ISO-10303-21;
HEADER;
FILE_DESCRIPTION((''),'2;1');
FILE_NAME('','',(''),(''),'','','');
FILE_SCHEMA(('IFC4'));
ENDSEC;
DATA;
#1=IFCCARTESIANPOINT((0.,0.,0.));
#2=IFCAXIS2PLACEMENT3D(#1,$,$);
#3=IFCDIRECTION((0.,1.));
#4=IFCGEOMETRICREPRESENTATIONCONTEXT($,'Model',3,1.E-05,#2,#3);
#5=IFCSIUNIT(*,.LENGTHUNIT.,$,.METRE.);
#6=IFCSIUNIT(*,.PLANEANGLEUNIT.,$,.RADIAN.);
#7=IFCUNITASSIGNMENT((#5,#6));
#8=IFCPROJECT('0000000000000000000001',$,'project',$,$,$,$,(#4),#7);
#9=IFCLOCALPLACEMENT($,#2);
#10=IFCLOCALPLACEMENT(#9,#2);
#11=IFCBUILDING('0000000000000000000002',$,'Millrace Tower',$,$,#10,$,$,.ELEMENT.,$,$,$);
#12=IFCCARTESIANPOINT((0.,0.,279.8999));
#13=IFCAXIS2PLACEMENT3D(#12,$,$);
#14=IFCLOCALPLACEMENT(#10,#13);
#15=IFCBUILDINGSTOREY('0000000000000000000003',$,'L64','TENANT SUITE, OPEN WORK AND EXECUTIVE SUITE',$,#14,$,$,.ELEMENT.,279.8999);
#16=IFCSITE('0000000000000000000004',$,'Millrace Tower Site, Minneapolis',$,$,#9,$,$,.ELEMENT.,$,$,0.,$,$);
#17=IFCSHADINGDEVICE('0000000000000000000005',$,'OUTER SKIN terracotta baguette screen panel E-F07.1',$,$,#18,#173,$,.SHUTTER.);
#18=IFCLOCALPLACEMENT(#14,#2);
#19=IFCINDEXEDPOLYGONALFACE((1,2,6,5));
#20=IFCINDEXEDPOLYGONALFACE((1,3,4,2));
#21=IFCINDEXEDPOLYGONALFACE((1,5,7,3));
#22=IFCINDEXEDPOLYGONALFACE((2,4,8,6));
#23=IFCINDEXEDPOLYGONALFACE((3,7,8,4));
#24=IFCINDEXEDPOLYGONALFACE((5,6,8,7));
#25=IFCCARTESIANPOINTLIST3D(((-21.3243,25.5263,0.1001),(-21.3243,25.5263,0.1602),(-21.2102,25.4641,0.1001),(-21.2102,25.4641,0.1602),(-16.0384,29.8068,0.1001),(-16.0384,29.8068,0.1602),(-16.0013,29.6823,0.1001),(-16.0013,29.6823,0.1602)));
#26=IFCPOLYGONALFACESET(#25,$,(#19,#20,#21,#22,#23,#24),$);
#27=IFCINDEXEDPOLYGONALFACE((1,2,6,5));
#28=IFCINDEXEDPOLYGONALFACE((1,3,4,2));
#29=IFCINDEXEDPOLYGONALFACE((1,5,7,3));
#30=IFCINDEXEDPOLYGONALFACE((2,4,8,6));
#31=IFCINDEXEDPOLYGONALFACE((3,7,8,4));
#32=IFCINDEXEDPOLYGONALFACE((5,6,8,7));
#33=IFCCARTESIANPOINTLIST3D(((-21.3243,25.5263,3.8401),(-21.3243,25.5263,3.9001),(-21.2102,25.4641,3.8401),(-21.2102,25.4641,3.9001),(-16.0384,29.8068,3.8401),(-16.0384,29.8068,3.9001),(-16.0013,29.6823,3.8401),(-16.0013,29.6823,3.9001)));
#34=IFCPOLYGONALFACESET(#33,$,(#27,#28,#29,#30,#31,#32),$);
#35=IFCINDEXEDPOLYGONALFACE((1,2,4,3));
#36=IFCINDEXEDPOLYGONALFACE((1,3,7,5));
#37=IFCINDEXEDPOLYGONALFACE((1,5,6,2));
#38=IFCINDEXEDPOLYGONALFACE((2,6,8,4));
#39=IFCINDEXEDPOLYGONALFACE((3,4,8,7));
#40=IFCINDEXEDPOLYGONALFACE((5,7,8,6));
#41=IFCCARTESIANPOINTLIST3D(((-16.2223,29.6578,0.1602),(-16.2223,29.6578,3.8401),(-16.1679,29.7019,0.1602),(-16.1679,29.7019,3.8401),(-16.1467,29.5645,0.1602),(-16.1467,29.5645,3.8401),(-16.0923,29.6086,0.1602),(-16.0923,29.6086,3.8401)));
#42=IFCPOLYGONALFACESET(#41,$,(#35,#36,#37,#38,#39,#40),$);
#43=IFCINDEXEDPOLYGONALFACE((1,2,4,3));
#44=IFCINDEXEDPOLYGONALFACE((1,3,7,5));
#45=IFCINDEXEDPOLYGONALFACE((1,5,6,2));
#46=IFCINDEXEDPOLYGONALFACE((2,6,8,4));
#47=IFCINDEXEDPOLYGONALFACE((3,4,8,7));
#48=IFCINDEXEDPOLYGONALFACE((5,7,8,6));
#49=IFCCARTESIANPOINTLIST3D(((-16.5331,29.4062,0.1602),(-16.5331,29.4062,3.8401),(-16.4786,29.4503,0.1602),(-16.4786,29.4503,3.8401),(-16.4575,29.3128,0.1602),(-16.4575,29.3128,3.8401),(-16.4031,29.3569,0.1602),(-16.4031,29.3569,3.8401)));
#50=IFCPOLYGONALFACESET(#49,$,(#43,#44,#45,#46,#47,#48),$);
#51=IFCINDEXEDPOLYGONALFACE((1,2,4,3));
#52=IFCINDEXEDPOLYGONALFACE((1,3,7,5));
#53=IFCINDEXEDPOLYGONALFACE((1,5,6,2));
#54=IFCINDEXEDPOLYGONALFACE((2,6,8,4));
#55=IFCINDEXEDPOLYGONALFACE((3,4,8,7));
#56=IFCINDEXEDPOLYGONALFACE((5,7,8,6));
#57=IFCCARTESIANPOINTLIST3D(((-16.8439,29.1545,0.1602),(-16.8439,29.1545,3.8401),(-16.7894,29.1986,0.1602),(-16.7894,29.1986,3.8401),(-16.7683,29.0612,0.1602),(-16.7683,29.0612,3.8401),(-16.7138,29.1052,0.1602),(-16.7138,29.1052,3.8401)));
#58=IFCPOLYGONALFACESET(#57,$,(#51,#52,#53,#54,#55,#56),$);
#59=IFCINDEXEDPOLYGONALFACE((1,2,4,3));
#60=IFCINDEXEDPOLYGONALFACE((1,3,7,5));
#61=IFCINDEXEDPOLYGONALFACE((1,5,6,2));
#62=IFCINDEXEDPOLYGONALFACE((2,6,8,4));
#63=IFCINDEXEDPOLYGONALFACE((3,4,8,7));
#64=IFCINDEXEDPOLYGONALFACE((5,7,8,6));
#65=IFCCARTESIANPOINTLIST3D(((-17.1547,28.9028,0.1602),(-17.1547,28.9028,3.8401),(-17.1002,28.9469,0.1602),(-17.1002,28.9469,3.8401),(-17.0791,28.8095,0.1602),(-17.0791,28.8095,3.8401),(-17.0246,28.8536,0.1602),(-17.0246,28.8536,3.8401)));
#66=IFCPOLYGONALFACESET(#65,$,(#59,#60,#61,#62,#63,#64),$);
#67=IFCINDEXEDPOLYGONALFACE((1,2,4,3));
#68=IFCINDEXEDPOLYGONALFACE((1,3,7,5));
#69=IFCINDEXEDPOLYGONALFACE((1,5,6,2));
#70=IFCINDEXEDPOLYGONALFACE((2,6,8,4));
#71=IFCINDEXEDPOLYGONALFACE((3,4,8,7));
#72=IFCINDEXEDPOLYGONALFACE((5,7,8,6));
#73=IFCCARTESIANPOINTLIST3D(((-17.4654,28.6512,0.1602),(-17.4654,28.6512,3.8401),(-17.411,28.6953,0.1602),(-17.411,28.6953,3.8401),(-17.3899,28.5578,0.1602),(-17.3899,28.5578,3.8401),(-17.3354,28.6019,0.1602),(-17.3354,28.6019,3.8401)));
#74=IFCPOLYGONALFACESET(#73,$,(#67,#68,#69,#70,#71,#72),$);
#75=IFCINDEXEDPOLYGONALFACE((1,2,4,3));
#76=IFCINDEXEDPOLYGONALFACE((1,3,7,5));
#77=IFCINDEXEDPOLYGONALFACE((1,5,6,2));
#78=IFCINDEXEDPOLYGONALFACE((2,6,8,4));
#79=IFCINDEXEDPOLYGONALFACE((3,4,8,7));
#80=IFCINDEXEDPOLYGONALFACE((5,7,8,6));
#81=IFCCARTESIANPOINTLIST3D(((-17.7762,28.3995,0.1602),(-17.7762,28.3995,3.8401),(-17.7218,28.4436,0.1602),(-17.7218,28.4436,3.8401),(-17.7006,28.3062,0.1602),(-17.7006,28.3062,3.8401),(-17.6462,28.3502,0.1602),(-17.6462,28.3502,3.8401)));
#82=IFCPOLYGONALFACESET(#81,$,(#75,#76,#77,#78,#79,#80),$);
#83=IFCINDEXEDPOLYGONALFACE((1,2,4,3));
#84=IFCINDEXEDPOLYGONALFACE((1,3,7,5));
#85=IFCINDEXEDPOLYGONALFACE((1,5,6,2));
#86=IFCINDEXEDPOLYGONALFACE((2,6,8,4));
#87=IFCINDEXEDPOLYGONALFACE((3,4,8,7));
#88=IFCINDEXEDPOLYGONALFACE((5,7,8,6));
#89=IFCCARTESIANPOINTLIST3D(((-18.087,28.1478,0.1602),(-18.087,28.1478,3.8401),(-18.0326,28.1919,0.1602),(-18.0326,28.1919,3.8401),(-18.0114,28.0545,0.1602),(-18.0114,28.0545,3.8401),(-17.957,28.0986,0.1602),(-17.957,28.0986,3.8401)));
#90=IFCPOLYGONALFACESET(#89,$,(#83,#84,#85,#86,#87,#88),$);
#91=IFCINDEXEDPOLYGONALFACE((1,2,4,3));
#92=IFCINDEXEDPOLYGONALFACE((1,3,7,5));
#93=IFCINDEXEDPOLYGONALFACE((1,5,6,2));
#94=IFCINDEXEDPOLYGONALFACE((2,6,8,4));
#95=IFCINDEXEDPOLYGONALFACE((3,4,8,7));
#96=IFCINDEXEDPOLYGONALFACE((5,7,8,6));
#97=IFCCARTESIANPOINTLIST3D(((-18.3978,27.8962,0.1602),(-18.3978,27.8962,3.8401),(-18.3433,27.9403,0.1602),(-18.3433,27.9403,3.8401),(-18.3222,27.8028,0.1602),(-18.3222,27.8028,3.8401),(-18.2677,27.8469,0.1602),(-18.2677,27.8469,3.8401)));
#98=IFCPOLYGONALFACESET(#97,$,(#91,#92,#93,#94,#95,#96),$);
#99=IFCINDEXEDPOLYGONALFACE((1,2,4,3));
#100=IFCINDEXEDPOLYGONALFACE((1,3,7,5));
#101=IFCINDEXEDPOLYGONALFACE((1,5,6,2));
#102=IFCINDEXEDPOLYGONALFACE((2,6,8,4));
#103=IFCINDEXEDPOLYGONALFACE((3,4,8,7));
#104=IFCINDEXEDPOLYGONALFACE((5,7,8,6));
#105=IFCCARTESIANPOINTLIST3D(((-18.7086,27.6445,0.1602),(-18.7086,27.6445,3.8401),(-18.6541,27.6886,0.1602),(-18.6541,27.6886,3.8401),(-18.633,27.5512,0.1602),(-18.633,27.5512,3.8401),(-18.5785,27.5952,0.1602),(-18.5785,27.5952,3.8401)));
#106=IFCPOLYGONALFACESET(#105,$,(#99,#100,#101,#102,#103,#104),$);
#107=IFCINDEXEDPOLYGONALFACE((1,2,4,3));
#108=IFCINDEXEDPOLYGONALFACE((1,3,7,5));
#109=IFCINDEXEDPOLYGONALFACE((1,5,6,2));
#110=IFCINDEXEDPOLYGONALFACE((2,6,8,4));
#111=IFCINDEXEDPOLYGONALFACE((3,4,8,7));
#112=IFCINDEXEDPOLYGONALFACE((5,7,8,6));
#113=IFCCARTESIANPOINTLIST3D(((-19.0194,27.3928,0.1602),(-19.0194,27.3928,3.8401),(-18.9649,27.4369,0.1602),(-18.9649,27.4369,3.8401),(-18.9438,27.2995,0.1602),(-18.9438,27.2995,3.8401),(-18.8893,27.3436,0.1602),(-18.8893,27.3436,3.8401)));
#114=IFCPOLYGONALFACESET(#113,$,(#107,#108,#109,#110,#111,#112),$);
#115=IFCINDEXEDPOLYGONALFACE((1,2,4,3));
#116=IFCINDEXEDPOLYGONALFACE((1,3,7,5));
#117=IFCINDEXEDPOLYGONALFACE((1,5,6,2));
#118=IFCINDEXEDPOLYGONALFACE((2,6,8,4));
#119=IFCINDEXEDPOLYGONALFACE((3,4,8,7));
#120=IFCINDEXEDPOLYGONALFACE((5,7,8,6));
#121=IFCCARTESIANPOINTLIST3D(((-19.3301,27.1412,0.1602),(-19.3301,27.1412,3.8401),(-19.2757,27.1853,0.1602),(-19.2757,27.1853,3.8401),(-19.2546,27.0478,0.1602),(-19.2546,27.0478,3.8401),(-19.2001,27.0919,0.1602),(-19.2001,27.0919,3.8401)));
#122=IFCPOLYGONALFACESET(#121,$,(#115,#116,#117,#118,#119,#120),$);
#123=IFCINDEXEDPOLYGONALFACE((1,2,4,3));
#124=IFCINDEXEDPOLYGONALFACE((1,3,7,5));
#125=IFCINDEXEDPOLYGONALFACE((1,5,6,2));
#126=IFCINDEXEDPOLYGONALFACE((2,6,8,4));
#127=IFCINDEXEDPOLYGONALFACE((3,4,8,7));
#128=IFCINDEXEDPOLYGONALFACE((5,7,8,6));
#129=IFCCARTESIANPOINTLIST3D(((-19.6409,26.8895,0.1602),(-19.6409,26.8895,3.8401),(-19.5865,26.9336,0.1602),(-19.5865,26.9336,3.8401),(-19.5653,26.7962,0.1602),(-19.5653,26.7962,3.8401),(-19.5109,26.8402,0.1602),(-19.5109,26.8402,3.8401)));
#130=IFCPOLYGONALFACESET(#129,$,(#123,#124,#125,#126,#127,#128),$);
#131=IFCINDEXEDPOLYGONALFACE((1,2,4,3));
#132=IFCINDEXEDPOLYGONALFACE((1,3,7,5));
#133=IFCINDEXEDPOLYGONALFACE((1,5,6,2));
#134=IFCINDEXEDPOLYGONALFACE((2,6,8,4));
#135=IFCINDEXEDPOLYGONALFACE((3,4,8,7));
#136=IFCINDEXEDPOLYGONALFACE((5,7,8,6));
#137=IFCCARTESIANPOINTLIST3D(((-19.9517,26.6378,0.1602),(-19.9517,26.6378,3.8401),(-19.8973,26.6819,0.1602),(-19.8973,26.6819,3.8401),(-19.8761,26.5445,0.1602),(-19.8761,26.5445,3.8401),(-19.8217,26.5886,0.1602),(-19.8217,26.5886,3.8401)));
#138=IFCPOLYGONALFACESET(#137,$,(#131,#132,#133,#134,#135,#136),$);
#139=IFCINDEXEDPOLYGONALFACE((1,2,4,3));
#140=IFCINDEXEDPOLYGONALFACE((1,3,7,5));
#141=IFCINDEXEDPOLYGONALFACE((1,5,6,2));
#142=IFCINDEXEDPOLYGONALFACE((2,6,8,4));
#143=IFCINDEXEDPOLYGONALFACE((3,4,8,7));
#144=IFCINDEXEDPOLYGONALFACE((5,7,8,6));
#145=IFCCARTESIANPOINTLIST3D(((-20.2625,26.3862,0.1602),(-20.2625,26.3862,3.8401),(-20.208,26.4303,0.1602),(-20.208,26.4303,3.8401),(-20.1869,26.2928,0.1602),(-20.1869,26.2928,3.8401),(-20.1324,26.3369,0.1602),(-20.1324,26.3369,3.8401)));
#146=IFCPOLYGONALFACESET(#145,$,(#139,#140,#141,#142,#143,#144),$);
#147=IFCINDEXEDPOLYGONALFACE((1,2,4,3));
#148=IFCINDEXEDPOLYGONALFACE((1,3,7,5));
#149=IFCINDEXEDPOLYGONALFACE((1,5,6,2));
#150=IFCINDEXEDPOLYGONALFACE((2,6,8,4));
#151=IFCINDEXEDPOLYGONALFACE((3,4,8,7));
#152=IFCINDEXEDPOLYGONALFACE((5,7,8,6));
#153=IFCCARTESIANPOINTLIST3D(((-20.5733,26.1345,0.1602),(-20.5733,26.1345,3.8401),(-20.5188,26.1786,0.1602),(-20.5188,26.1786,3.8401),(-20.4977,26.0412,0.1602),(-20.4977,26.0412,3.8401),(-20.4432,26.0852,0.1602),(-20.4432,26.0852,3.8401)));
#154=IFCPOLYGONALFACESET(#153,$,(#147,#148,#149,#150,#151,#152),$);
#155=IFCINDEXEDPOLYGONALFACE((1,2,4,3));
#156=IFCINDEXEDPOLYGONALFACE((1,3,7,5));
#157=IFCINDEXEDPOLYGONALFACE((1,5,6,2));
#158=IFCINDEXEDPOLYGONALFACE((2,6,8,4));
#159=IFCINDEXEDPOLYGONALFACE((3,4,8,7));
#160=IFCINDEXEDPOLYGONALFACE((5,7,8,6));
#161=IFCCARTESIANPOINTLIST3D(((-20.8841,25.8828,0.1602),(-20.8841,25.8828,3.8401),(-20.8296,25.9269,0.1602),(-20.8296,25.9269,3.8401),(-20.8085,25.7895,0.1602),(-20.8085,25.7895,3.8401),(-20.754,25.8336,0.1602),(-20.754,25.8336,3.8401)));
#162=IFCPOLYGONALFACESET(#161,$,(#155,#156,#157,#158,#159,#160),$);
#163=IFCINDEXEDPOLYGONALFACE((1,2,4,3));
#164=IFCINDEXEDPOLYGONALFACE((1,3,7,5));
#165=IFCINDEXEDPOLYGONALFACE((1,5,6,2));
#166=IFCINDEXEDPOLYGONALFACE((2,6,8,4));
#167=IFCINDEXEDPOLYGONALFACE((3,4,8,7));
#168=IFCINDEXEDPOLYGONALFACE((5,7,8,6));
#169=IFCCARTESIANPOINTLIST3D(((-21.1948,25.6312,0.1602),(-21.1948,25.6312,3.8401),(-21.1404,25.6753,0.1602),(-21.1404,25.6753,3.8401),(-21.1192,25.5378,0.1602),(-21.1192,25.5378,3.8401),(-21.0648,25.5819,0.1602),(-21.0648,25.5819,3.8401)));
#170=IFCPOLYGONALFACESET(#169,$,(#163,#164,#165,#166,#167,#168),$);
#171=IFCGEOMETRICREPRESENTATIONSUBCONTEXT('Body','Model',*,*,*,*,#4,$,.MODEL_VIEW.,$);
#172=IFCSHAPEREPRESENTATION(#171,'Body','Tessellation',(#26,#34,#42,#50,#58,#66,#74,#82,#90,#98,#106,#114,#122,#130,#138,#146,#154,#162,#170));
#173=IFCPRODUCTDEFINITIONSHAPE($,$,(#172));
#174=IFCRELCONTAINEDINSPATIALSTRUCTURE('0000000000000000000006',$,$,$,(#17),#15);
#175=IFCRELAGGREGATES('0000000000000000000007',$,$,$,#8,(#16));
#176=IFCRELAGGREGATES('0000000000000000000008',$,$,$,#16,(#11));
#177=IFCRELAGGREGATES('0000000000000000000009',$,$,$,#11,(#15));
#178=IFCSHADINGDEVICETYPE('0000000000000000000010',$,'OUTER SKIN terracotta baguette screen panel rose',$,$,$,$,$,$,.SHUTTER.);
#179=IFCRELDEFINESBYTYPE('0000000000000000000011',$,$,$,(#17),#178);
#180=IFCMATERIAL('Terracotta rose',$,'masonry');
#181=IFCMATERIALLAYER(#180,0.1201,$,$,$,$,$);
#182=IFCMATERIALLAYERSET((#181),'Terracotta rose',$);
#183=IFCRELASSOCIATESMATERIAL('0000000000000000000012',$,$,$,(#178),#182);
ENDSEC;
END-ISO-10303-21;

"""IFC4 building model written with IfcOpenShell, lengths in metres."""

from ifc_helpers import new_model, entity, si_unit, direction, frame, frame_2d, origin, origin_2d, place, context, subcontext, project, spatial, rectangle, extrude, source, transform, mapped, material, layer, layer_set, type_object, element, save


model = new_model("IFC4")

# Units and contexts
model_context = context("Model", 3, precision=1e-05, world=origin(), true_north=direction((0.0, 1.0)))
body_context = subcontext(model_context, "Body", "Model", "MODEL_VIEW")
ifc_project = project(units=[si_unit("LENGTHUNIT", "METRE"), si_unit("PLANEANGLEUNIT", "RADIAN")], contexts=[model_context])

# Site, building, storey
site_placement = place(None, origin())
site = spatial("IfcSite", under=ifc_project, at=site_placement, Name="Millrace Tower Site, Minneapolis", CompositionType="ELEMENT", RefElevation=0.0)
building_placement = place(site_placement, origin())
building = spatial("IfcBuilding", under=site, at=building_placement, Name="Millrace Tower", CompositionType="ELEMENT")
storey_placement = place(building_placement, frame((0.0, 0.0, 279.8999)))
storey = spatial("IfcBuildingStorey", under=building, at=storey_placement, Name="L64", Description="TENANT SUITE, OPEN WORK AND EXECUTIVE SUITE", CompositionType="ELEMENT", Elevation=279.8999)

# Shading device
ifc_material_1 = material(Name="Terracotta rose", Category="masonry")
ifc_layer_1 = layer(ifc_material_1, 0.1201)
ifc_layer_set_1 = layer_set([ifc_layer_1], Name="Terracotta rose")
shading_device_type = type_object("IfcShadingDeviceType", Name="OUTER SKIN terracotta baguette screen panel rose", PredefinedType="SHUTTER", material=ifc_layer_set_1)
cartesian_point_1 = entity("IfcCartesianPoint", [-3.3513, 0.0601])
shared_polyline_1 = entity("IfcPolyline", [cartesian_point_1, entity("IfcCartesianPoint", [3.3513, 0.0601]), entity("IfcCartesianPoint", [3.4009, -0.0601]), entity("IfcCartesianPoint", [-3.4009, -0.0601]), cartesian_point_1])
shared_shape_1 = source(origin(), body_context, "Body", "SweptSolid", [
    entity("IfcExtrudedAreaSolid", entity("IfcArbitraryClosedProfileDef", "AREA", None, shared_polyline_1), entity("IfcAxis2Placement3D", entity("IfcCartesianPoint", [0.0, 0.0, 0.0])), entity("IfcDirection", [0.0, 0.0, 1.0]), 0.0601),
    entity("IfcExtrudedAreaSolid", entity("IfcArbitraryClosedProfileDef", "AREA", None, shared_polyline_1), entity("IfcAxis2Placement3D", entity("IfcCartesianPoint", [0.0, 0.0, 3.74])), entity("IfcDirection", [0.0, 0.0, 1.0]), 0.0601),
    extrude(rectangle(XDim=0.0701, YDim=0.1201, at=frame_2d((-3.1992, 0.0))), frame((0.0, 0.0, 0.0601)), (0.0, 0.0, 1.0), 3.6799),
    extrude(rectangle(XDim=0.0701, YDim=0.1201, at=frame_2d((-2.7993, 0.0))), frame((0.0, 0.0, 0.0601)), (0.0, 0.0, 1.0), 3.6799),
    extrude(rectangle(XDim=0.0701, YDim=0.1201, at=frame_2d((-2.3994, 0.0))), frame((0.0, 0.0, 0.0601)), (0.0, 0.0, 1.0), 3.6799),
    extrude(rectangle(XDim=0.0701, YDim=0.1201, at=frame_2d((-1.9995, 0.0))), frame((0.0, 0.0, 0.0601)), (0.0, 0.0, 1.0), 3.6799),
    extrude(rectangle(XDim=0.0701, YDim=0.1201, at=frame_2d((-1.5996, 0.0))), frame((0.0, 0.0, 0.0601)), (0.0, 0.0, 1.0), 3.6799),
    extrude(rectangle(XDim=0.0701, YDim=0.1201, at=frame_2d((-1.1997, 0.0))), frame((0.0, 0.0, 0.0601)), (0.0, 0.0, 1.0), 3.6799),
    extrude(rectangle(XDim=0.0701, YDim=0.1201, at=frame_2d((-0.7998, 0.0))), frame((0.0, 0.0, 0.0601)), (0.0, 0.0, 1.0), 3.6799),
    extrude(rectangle(XDim=0.0701, YDim=0.1201, at=frame_2d((-0.3999, 0.0))), frame((0.0, 0.0, 0.0601)), (0.0, 0.0, 1.0), 3.6799),
    extrude(rectangle(XDim=0.0701, YDim=0.1201, at=origin_2d()), frame((0.0, 0.0, 0.0601)), (0.0, 0.0, 1.0), 3.6799),
    extrude(rectangle(XDim=0.0701, YDim=0.1201, at=frame_2d((0.3999, 0.0))), frame((0.0, 0.0, 0.0601)), (0.0, 0.0, 1.0), 3.6799),
    extrude(rectangle(XDim=0.0701, YDim=0.1201, at=frame_2d((0.7998, 0.0))), frame((0.0, 0.0, 0.0601)), (0.0, 0.0, 1.0), 3.6799),
    extrude(rectangle(XDim=0.0701, YDim=0.1201, at=frame_2d((1.1997, 0.0))), frame((0.0, 0.0, 0.0601)), (0.0, 0.0, 1.0), 3.6799),
    extrude(rectangle(XDim=0.0701, YDim=0.1201, at=frame_2d((1.5996, 0.0))), frame((0.0, 0.0, 0.0601)), (0.0, 0.0, 1.0), 3.6799),
    extrude(rectangle(XDim=0.0701, YDim=0.1201, at=frame_2d((1.9995, 0.0))), frame((0.0, 0.0, 0.0601)), (0.0, 0.0, 1.0), 3.6799),
    extrude(rectangle(XDim=0.0701, YDim=0.1201, at=frame_2d((2.3994, 0.0))), frame((0.0, 0.0, 0.0601)), (0.0, 0.0, 1.0), 3.6799),
    extrude(rectangle(XDim=0.0701, YDim=0.1201, at=frame_2d((2.7993, 0.0))), frame((0.0, 0.0, 0.0601)), (0.0, 0.0, 1.0), 3.6799),
    extrude(rectangle(XDim=0.0701, YDim=0.1201, at=frame_2d((3.1992, 0.0))), frame((0.0, 0.0, 0.0601)), (0.0, 0.0, 1.0), 3.6799),
])
shading_device_1_placement = place(storey_placement, frame((-18.6436, 27.6199, 0.1001), z_axis=(0.0, 0.0, 1.0), x_axis=(-0.777146, -0.62932, 0.0)))
element("IfcShadingDevice", 1, at=shading_device_1_placement, inside=storey, type_object=shading_device_type, Name="OUTER SKIN terracotta baguette screen panel E-F07.1", PredefinedType="SHUTTER", context=body_context, shape_type="MappedRepresentation", body=[
    mapped(shared_shape_1, transform((0.0, 0.0, 0.0), scale=1.0)),
])

save(model, "model.ifc")
